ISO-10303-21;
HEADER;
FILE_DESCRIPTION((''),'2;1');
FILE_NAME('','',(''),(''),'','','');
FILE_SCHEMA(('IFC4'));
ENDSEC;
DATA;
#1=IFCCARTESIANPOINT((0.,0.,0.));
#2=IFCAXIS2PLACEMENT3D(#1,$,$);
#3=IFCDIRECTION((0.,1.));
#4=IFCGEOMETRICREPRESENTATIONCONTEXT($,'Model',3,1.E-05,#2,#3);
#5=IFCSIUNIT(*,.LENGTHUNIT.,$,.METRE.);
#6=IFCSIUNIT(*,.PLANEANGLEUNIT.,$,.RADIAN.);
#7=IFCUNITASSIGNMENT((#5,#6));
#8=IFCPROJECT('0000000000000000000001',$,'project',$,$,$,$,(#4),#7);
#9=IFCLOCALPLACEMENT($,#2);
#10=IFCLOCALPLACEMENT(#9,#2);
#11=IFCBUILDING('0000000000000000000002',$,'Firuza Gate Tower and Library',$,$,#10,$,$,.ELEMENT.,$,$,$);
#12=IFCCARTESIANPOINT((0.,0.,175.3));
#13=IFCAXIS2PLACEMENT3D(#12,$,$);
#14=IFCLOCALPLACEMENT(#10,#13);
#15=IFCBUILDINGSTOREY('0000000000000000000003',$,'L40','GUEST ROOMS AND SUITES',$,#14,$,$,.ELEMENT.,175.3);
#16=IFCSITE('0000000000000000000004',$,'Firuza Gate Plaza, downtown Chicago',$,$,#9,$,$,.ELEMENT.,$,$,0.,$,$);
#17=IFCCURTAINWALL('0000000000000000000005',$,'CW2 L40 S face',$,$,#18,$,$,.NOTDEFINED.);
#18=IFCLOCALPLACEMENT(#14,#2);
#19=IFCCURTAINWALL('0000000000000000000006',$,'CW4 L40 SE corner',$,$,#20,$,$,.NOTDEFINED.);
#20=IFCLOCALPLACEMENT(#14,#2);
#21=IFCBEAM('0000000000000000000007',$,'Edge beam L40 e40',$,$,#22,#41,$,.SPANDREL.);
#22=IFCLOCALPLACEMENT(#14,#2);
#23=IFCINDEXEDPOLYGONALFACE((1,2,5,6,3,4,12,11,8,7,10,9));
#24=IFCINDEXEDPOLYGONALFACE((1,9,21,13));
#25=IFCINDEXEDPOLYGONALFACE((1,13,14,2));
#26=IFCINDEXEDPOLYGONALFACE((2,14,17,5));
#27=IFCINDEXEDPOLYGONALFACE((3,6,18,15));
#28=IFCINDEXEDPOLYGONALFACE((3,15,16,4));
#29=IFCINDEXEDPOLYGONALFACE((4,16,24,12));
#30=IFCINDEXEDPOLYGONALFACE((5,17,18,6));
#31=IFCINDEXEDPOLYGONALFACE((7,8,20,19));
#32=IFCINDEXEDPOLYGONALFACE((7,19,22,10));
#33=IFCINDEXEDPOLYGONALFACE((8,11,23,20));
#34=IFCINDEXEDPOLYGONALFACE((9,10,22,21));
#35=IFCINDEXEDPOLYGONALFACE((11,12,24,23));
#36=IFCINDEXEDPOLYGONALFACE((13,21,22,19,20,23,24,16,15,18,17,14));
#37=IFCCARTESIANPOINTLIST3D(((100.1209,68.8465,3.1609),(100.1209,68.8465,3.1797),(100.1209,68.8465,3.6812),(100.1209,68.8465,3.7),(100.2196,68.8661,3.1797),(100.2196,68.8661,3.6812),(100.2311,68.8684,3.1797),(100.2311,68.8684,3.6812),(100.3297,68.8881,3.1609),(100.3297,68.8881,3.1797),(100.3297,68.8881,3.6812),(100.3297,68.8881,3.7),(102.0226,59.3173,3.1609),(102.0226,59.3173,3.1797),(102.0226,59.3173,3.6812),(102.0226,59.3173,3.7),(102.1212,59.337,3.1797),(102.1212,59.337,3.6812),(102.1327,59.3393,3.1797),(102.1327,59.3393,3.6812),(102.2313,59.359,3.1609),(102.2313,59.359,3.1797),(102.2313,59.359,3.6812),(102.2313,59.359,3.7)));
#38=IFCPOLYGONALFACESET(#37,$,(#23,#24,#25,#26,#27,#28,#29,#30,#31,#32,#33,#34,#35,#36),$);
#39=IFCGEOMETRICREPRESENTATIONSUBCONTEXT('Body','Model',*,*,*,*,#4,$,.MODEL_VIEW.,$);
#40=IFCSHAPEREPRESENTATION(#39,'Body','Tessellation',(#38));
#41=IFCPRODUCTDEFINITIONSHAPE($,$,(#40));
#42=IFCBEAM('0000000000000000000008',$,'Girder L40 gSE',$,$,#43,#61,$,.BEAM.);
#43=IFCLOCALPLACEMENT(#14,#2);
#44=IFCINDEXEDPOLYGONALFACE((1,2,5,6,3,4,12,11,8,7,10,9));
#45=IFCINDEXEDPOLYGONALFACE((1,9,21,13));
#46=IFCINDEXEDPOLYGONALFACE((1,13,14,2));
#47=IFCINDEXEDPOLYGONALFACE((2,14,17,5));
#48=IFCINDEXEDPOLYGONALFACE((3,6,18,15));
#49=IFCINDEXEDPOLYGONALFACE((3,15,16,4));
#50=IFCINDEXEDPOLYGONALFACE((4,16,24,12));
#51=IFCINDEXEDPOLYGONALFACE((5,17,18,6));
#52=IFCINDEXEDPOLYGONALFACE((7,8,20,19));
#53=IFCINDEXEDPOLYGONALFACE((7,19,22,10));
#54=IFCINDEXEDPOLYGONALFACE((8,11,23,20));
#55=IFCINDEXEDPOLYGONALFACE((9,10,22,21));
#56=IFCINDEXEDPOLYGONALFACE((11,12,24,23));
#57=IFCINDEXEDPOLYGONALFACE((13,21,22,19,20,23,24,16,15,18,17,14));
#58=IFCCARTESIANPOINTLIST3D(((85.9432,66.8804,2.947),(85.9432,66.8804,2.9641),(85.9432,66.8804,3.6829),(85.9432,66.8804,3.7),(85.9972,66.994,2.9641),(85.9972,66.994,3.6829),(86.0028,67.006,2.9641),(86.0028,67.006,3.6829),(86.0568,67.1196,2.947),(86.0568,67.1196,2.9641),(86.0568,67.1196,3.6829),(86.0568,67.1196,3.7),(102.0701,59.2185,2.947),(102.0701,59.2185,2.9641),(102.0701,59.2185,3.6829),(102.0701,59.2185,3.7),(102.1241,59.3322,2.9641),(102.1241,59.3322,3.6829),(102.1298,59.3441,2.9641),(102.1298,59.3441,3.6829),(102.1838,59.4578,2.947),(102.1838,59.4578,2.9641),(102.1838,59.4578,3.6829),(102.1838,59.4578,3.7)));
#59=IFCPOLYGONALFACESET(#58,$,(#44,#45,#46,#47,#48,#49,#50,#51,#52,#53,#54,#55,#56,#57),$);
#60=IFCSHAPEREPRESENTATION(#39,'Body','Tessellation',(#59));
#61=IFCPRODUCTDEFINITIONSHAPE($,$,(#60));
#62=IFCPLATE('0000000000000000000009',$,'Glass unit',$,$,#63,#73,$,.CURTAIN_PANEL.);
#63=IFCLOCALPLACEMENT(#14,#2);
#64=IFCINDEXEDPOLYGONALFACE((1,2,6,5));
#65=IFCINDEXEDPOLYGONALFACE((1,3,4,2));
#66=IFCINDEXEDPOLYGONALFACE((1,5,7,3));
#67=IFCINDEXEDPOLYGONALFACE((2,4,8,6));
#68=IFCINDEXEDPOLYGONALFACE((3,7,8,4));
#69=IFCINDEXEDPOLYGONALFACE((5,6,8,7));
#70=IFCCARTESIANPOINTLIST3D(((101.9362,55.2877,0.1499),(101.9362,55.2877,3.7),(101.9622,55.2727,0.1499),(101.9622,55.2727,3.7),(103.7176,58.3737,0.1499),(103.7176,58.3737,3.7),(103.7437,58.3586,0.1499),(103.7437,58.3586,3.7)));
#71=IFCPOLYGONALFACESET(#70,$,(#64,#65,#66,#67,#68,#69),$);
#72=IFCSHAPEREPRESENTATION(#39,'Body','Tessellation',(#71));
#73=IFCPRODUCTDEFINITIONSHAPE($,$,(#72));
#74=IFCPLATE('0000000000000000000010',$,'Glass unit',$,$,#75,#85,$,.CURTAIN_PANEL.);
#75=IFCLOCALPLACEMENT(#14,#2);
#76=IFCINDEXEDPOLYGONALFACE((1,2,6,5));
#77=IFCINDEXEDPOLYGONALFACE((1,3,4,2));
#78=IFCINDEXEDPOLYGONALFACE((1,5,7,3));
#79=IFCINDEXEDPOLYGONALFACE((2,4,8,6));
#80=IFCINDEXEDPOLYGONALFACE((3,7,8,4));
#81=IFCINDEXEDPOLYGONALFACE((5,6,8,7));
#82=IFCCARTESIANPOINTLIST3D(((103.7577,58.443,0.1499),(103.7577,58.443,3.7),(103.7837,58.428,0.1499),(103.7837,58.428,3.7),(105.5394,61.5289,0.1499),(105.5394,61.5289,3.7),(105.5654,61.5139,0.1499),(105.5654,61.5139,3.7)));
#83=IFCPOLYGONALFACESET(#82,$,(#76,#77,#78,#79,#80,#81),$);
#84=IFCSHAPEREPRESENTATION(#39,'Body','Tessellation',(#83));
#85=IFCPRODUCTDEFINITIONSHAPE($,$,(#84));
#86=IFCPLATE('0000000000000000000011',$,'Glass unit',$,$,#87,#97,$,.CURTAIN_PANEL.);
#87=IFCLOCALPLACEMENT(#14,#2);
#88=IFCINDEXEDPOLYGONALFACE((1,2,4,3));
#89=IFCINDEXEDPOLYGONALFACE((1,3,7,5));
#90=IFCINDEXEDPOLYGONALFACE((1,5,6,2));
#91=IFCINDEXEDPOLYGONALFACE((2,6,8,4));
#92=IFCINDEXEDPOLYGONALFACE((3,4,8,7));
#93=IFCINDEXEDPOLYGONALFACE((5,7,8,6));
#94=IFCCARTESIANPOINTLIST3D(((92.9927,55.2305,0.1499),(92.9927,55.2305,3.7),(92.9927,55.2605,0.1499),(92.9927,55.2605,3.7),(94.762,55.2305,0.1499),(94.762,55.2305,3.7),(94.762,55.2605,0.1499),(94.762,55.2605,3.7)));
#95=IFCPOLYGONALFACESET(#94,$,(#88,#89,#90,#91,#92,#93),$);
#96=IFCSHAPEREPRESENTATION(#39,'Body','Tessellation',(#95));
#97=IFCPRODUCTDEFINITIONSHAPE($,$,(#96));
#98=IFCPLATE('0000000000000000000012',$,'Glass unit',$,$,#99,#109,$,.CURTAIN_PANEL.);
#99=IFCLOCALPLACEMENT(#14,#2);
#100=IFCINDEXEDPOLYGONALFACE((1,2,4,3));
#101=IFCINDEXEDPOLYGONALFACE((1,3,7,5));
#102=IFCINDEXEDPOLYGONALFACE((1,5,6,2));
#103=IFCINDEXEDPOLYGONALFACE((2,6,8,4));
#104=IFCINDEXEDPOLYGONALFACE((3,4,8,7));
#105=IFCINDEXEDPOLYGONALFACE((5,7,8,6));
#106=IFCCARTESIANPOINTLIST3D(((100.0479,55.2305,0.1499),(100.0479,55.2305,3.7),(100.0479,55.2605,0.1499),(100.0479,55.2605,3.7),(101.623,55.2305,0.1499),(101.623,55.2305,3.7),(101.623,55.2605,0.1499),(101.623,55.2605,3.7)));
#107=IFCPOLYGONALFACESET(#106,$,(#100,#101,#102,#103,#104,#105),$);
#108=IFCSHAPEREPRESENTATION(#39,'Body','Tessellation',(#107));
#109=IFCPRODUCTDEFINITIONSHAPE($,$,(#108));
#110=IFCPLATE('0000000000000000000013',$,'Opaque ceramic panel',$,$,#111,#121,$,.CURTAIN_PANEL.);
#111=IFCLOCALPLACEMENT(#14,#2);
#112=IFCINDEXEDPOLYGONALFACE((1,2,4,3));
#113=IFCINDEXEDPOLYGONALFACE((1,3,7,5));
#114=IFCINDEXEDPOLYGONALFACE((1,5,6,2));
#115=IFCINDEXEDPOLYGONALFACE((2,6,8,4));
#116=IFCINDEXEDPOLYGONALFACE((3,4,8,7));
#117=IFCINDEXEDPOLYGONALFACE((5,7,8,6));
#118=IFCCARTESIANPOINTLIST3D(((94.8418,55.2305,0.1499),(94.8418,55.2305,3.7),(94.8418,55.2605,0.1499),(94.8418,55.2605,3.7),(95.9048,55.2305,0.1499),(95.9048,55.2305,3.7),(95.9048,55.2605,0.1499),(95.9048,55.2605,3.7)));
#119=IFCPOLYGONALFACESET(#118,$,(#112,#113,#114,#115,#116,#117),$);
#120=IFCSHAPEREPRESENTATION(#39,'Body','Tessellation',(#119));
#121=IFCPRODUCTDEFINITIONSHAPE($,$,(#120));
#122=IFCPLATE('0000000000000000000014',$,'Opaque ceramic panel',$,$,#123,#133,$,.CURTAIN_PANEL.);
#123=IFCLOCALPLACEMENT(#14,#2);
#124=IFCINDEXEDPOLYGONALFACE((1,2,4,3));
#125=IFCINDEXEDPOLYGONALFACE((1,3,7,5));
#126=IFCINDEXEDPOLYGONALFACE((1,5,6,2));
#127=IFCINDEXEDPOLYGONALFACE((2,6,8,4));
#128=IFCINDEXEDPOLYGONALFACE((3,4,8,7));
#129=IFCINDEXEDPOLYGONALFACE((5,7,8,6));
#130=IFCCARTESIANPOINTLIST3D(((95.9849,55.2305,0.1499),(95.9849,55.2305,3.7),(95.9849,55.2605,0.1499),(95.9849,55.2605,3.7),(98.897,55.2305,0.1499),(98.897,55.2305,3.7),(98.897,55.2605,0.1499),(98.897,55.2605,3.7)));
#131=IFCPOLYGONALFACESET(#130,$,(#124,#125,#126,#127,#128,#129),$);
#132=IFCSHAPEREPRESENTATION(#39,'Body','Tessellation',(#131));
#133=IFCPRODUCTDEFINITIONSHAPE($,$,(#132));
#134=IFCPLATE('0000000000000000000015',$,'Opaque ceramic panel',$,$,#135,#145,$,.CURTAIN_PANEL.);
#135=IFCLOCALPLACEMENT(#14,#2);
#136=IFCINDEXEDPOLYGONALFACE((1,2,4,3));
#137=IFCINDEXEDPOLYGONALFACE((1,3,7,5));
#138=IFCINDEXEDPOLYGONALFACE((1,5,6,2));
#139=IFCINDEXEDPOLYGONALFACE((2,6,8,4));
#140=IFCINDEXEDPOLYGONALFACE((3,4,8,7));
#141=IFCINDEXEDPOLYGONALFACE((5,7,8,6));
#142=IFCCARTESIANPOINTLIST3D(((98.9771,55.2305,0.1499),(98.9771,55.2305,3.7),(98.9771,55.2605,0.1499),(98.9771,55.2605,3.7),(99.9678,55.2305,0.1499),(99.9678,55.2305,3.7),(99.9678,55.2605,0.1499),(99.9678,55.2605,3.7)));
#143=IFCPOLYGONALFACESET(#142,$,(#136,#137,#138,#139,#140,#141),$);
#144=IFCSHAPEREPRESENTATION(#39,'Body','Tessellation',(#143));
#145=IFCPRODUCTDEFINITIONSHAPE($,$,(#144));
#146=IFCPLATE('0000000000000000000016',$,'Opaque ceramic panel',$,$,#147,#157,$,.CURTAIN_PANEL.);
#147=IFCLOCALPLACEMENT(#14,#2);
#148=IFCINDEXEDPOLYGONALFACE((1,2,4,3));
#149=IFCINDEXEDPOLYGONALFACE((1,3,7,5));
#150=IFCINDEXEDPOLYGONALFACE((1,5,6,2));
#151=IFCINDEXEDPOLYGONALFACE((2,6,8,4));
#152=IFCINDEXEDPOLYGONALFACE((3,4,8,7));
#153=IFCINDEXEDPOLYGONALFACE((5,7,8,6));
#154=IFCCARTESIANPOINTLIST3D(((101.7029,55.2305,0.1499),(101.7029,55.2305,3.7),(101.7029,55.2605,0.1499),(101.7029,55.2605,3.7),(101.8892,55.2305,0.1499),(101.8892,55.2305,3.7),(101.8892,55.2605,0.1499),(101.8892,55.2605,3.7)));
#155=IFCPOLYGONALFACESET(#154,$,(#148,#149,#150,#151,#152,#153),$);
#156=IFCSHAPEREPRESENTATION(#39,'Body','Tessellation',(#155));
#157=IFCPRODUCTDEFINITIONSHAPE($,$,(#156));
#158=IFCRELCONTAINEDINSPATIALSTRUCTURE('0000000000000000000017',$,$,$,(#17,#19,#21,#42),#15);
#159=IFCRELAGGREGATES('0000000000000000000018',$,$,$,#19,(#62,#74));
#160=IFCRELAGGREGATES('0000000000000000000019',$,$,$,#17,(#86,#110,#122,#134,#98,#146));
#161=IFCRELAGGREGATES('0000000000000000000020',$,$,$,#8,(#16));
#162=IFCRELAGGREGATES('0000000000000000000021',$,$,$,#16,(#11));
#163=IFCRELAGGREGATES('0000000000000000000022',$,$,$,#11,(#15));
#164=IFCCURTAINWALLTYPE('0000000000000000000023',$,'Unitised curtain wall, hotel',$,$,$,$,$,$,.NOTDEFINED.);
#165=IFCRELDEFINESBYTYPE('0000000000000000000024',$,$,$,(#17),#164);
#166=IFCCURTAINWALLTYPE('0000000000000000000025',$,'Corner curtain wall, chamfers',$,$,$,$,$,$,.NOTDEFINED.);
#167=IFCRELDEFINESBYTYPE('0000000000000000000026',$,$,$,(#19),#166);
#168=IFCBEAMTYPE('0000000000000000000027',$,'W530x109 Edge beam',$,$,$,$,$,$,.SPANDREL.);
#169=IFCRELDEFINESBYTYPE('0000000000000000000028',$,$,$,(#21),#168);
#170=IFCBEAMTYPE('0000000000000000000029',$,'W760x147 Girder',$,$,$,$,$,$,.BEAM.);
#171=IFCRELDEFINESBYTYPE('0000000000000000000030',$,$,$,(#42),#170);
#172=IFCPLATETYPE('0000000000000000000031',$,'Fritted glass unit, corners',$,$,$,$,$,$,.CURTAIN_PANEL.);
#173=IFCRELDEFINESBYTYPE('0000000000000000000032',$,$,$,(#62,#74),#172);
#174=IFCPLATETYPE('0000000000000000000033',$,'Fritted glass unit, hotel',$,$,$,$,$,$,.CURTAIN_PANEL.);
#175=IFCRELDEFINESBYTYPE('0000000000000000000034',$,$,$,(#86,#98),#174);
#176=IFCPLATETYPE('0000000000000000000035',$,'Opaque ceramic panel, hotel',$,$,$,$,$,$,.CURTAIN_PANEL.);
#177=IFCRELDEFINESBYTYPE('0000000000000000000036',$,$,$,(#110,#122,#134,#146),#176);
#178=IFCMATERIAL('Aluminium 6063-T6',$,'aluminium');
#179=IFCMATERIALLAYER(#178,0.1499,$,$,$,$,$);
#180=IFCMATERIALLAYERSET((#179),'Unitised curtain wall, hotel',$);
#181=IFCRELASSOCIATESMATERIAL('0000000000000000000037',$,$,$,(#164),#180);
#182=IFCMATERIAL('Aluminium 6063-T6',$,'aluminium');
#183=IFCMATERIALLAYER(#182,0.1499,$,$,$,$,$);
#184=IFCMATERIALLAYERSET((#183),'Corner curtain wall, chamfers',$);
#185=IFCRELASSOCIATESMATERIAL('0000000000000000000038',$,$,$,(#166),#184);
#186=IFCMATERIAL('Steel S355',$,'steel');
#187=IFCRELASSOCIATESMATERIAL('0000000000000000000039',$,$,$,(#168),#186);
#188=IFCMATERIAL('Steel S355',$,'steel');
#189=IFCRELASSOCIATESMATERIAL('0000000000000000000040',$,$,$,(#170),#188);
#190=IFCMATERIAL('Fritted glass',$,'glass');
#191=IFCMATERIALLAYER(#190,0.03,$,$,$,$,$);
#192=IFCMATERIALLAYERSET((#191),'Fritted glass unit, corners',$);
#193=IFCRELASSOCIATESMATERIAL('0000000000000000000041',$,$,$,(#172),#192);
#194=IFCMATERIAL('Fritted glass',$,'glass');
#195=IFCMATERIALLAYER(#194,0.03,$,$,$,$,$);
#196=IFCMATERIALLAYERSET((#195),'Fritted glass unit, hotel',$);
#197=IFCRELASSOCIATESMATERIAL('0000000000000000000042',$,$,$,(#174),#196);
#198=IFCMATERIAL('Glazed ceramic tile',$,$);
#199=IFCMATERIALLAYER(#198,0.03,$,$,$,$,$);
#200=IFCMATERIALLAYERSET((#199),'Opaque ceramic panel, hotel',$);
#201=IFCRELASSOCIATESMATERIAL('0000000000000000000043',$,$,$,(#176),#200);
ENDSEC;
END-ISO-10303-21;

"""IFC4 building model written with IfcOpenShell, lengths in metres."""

from ifc_helpers import new_model, si_unit, direction, frame, origin, origin_2d, place, context, subcontext, project, spatial, polyline, i_section, outline, extrude, material, layer, layer_set, material_profile, profile_set, type_object, element, aggregate, save


model = new_model("IFC4")

# Units and contexts
model_context = context("Model", 3, precision=1e-05, world=origin(), true_north=direction((0.0, 1.0)))
body_context = subcontext(model_context, "Body", "Model", "MODEL_VIEW")
ifc_project = project(units=[si_unit("LENGTHUNIT", "METRE"), si_unit("PLANEANGLEUNIT", "RADIAN")], contexts=[model_context])

# Site, building, storey
site_placement = place(None, origin())
site = spatial("IfcSite", under=ifc_project, at=site_placement, Name="Firuza Gate Plaza, downtown Chicago", CompositionType="ELEMENT", RefElevation=0.0)
building_placement = place(site_placement, origin())
building = spatial("IfcBuilding", under=site, at=building_placement, Name="Firuza Gate Tower and Library", CompositionType="ELEMENT")
storey_placement = place(building_placement, frame((0.0, 0.0, 175.3)))
storey = spatial("IfcBuildingStorey", under=building, at=storey_placement, Name="L40", Description="GUEST ROOMS AND SUITES", CompositionType="ELEMENT", Elevation=175.3)

# Curtain walls
ifc_material_1 = material(Name="Aluminium 6063-T6", Category="aluminium")
ifc_layer_1 = layer(ifc_material_1, 0.1499)
ifc_layer_set_1 = layer_set([ifc_layer_1], Name="Unitised curtain wall, hotel")
curtain_wall_type_1 = type_object("IfcCurtainWallType", Name="Unitised curtain wall, hotel", PredefinedType="NOTDEFINED", material=ifc_layer_set_1)
placement = place(storey_placement, origin())
curtain_wall_1 = element("IfcCurtainWall", 1, at=placement, inside=storey, type_object=curtain_wall_type_1, Name="CW2 L40 S face", PredefinedType="NOTDEFINED")
ifc_material_2 = material(Name="Aluminium 6063-T6", Category="aluminium")
ifc_layer_2 = layer(ifc_material_2, 0.1499)
ifc_layer_set_2 = layer_set([ifc_layer_2], Name="Corner curtain wall, chamfers")
curtain_wall_type_2 = type_object("IfcCurtainWallType", Name="Corner curtain wall, chamfers", PredefinedType="NOTDEFINED", material=ifc_layer_set_2)
curtain_wall_2 = element("IfcCurtainWall", 2, at=placement, inside=storey, type_object=curtain_wall_type_2, Name="CW4 L40 SE corner", PredefinedType="NOTDEFINED")

# Beams
ifc_material_3 = material(Name="Steel S355", Category="steel")
ifc_material_profile_1 = material_profile(ifc_material_3, i_section(OverallWidth=0.2129, OverallDepth=0.5391, WebThickness=0.0117, FlangeThickness=0.0188, at=origin_2d()))
ifc_profile_set_1 = profile_set([ifc_material_profile_1], Name="Steel S355")
beam_type_1 = type_object("IfcBeamType", Name="W530x109 Edge beam", PredefinedType="SPANDREL", material=ifc_profile_set_1)
beam_1_placement = place(storey_placement, frame((102.127, 59.3381, 3.4304), z_axis=(-0.195701, 0.980664, 0.0), x_axis=(-0.980664, -0.195701, 0.0)))
element("IfcBeam", 3, at=beam_1_placement, inside=storey, type_object=beam_type_1, Name="Edge beam L40 e40", PredefinedType="SPANDREL", context=body_context, shape_type="SweptSolid", body=[
    extrude(i_section(OverallWidth=0.2129, OverallDepth=0.5391, WebThickness=0.0117, FlangeThickness=0.0188, at=origin_2d()), origin(), (0.0, 0.0, 1.0), 9.717),
])
ifc_material_4 = material(Name="Steel S355", Category="steel")
ifc_material_profile_2 = material_profile(ifc_material_4, i_section(OverallWidth=0.2649, OverallDepth=0.7529, WebThickness=0.0132, FlangeThickness=0.0171, at=origin_2d()))
ifc_profile_set_2 = profile_set([ifc_material_profile_2], Name="Steel S355")
beam_type_2 = type_object("IfcBeamType", Name="W760x147 Girder", PredefinedType="BEAM", material=ifc_profile_set_2)
beam_2_placement = place(storey_placement, frame((102.127, 59.3381, 3.3235), z_axis=(-0.903244, 0.429128, 0.0), x_axis=(-0.429128, -0.903244, 0.0)))
element("IfcBeam", 4, at=beam_2_placement, inside=storey, type_object=beam_type_2, Name="Girder L40 gSE", PredefinedType="BEAM", context=body_context, shape_type="SweptSolid", body=[
    extrude(i_section(OverallWidth=0.2649, OverallDepth=0.7529, WebThickness=0.0132, FlangeThickness=0.0171, at=origin_2d()), origin(), (0.0, 0.0, 1.0), 17.8545),
])

# Plates
ifc_material_5 = material(Name="Fritted glass", Category="glass")
ifc_layer_3 = layer(ifc_material_5, 0.03)
ifc_layer_set_3 = layer_set([ifc_layer_3], Name="Fritted glass unit, corners")
plate_type_1 = type_object("IfcPlateType", Name="Fritted glass unit, corners", PredefinedType="CURTAIN_PANEL", material=ifc_layer_set_3)
plate_1_placement = place(storey_placement, frame((101.9622, 55.2727, 0.1499), z_axis=(0.866046, -0.499964, 0.0), x_axis=(0.499964, 0.866046, 0.0)))
plate_1 = element("IfcPlate", 5, at=plate_1_placement, type_object=plate_type_1, Name="Glass unit", PredefinedType="CURTAIN_PANEL", context=body_context, shape_type="SweptSolid", body=[
    extrude(outline(polyline([(0.0, 0.0), (3.5632, 0.0), (3.5632, 3.55), (0.0, 3.55), (0.0, 0.0)])), origin(), (0.0, 0.0, -1.0), 0.03),
])
plate_2_placement = place(storey_placement, frame((103.7837, 58.428, 0.1499), z_axis=(0.866017, -0.500015, 0.0), x_axis=(0.500015, 0.866017, 0.0)))
plate_2 = element("IfcPlate", 6, at=plate_2_placement, type_object=plate_type_1, Name="Glass unit", PredefinedType="CURTAIN_PANEL", context=body_context, shape_type="SweptSolid", body=[
    extrude(outline(polyline([(0.0, 0.0), (3.5634, 0.0), (3.5634, 3.55), (0.0, 3.55), (0.0, 0.0)])), origin(), (0.0, 0.0, -1.0), 0.03),
])
aggregate(curtain_wall_2, [plate_1, plate_2])
ifc_material_6 = material(Name="Fritted glass", Category="glass")
ifc_layer_4 = layer(ifc_material_6, 0.03)
ifc_layer_set_4 = layer_set([ifc_layer_4], Name="Fritted glass unit, hotel")
plate_type_2 = type_object("IfcPlateType", Name="Fritted glass unit, hotel", PredefinedType="CURTAIN_PANEL", material=ifc_layer_set_4)
plate_3_placement = place(storey_placement, frame((92.9927, 55.2305, 0.1499), z_axis=(0.0, -1.0, 0.0), x_axis=(1.0, 0.0, 0.0)))
plate_3 = element("IfcPlate", 7, at=plate_3_placement, type_object=plate_type_2, Name="Glass unit", PredefinedType="CURTAIN_PANEL", context=body_context, shape_type="SweptSolid", body=[
    extrude(outline(polyline([(0.0, 0.0), (1.7693, 0.0), (1.7693, 3.55), (0.0, 3.55), (0.0, 0.0)])), origin(), (0.0, 0.0, -1.0), 0.03),
])
plate_4_placement = place(storey_placement, frame((100.0479, 55.2305, 0.1499), z_axis=(0.0, -1.0, 0.0), x_axis=(1.0, 0.0, 0.0)))
plate_4 = element("IfcPlate", 8, at=plate_4_placement, type_object=plate_type_2, Name="Glass unit", PredefinedType="CURTAIN_PANEL", context=body_context, shape_type="SweptSolid", body=[
    extrude(outline(polyline([(0.0, 0.0), (1.5752, 0.0), (1.5752, 3.55), (0.0, 3.55), (0.0, 0.0)])), origin(), (0.0, 0.0, -1.0), 0.03),
])
ifc_material_7 = material(Name="Glazed ceramic tile")
ifc_layer_5 = layer(ifc_material_7, 0.03)
ifc_layer_set_5 = layer_set([ifc_layer_5], Name="Opaque ceramic panel, hotel")
plate_type_3 = type_object("IfcPlateType", Name="Opaque ceramic panel, hotel", PredefinedType="CURTAIN_PANEL", material=ifc_layer_set_5)
plate_5_placement = place(storey_placement, frame((94.8418, 55.2305, 0.1499), z_axis=(0.0, -1.0, 0.0), x_axis=(1.0, 0.0, 0.0)))
plate_5 = element("IfcPlate", 9, at=plate_5_placement, type_object=plate_type_3, Name="Opaque ceramic panel", PredefinedType="CURTAIN_PANEL", context=body_context, shape_type="SweptSolid", body=[
    extrude(outline(polyline([(0.0, 0.0), (1.063, 0.0), (1.063, 3.55), (0.0, 3.55), (0.0, 0.0)])), origin(), (0.0, 0.0, -1.0), 0.03),
])
plate_6_placement = place(storey_placement, frame((95.9849, 55.2305, 0.1499), z_axis=(0.0, -1.0, 0.0), x_axis=(1.0, 0.0, 0.0)))
plate_6 = element("IfcPlate", 10, at=plate_6_placement, type_object=plate_type_3, Name="Opaque ceramic panel", PredefinedType="CURTAIN_PANEL", context=body_context, shape_type="SweptSolid", body=[
    extrude(outline(polyline([(0.0, 0.0), (2.9121, 0.0), (2.9121, 3.55), (0.0, 3.55), (0.0, 0.0)])), origin(), (0.0, 0.0, -1.0), 0.03),
])
plate_7_placement = place(storey_placement, frame((98.9771, 55.2305, 0.1499), z_axis=(0.0, -1.0, 0.0), x_axis=(1.0, 0.0, 0.0)))
plate_7 = element("IfcPlate", 11, at=plate_7_placement, type_object=plate_type_3, Name="Opaque ceramic panel", PredefinedType="CURTAIN_PANEL", context=body_context, shape_type="SweptSolid", body=[
    extrude(outline(polyline([(0.0, 0.0), (0.9907, 0.0), (0.9907, 3.55), (0.0, 3.55), (0.0, 0.0)])), origin(), (0.0, 0.0, -1.0), 0.03),
])
plate_8_placement = place(storey_placement, frame((101.7029, 55.2305, 0.1499), z_axis=(0.0, -1.0, 0.0), x_axis=(1.0, 0.0, 0.0)))
plate_8 = element("IfcPlate", 12, at=plate_8_placement, type_object=plate_type_3, Name="Opaque ceramic panel", PredefinedType="CURTAIN_PANEL", context=body_context, shape_type="SweptSolid", body=[
    extrude(outline(polyline([(0.0, 0.0), (0.1863, 0.0), (0.1863, 3.55), (0.0, 3.55), (0.0, 0.0)])), origin(), (0.0, 0.0, -1.0), 0.03),
])
aggregate(curtain_wall_1, [plate_3, plate_5, plate_6, plate_7, plate_4, plate_8])

save(model, "model.ifc")
